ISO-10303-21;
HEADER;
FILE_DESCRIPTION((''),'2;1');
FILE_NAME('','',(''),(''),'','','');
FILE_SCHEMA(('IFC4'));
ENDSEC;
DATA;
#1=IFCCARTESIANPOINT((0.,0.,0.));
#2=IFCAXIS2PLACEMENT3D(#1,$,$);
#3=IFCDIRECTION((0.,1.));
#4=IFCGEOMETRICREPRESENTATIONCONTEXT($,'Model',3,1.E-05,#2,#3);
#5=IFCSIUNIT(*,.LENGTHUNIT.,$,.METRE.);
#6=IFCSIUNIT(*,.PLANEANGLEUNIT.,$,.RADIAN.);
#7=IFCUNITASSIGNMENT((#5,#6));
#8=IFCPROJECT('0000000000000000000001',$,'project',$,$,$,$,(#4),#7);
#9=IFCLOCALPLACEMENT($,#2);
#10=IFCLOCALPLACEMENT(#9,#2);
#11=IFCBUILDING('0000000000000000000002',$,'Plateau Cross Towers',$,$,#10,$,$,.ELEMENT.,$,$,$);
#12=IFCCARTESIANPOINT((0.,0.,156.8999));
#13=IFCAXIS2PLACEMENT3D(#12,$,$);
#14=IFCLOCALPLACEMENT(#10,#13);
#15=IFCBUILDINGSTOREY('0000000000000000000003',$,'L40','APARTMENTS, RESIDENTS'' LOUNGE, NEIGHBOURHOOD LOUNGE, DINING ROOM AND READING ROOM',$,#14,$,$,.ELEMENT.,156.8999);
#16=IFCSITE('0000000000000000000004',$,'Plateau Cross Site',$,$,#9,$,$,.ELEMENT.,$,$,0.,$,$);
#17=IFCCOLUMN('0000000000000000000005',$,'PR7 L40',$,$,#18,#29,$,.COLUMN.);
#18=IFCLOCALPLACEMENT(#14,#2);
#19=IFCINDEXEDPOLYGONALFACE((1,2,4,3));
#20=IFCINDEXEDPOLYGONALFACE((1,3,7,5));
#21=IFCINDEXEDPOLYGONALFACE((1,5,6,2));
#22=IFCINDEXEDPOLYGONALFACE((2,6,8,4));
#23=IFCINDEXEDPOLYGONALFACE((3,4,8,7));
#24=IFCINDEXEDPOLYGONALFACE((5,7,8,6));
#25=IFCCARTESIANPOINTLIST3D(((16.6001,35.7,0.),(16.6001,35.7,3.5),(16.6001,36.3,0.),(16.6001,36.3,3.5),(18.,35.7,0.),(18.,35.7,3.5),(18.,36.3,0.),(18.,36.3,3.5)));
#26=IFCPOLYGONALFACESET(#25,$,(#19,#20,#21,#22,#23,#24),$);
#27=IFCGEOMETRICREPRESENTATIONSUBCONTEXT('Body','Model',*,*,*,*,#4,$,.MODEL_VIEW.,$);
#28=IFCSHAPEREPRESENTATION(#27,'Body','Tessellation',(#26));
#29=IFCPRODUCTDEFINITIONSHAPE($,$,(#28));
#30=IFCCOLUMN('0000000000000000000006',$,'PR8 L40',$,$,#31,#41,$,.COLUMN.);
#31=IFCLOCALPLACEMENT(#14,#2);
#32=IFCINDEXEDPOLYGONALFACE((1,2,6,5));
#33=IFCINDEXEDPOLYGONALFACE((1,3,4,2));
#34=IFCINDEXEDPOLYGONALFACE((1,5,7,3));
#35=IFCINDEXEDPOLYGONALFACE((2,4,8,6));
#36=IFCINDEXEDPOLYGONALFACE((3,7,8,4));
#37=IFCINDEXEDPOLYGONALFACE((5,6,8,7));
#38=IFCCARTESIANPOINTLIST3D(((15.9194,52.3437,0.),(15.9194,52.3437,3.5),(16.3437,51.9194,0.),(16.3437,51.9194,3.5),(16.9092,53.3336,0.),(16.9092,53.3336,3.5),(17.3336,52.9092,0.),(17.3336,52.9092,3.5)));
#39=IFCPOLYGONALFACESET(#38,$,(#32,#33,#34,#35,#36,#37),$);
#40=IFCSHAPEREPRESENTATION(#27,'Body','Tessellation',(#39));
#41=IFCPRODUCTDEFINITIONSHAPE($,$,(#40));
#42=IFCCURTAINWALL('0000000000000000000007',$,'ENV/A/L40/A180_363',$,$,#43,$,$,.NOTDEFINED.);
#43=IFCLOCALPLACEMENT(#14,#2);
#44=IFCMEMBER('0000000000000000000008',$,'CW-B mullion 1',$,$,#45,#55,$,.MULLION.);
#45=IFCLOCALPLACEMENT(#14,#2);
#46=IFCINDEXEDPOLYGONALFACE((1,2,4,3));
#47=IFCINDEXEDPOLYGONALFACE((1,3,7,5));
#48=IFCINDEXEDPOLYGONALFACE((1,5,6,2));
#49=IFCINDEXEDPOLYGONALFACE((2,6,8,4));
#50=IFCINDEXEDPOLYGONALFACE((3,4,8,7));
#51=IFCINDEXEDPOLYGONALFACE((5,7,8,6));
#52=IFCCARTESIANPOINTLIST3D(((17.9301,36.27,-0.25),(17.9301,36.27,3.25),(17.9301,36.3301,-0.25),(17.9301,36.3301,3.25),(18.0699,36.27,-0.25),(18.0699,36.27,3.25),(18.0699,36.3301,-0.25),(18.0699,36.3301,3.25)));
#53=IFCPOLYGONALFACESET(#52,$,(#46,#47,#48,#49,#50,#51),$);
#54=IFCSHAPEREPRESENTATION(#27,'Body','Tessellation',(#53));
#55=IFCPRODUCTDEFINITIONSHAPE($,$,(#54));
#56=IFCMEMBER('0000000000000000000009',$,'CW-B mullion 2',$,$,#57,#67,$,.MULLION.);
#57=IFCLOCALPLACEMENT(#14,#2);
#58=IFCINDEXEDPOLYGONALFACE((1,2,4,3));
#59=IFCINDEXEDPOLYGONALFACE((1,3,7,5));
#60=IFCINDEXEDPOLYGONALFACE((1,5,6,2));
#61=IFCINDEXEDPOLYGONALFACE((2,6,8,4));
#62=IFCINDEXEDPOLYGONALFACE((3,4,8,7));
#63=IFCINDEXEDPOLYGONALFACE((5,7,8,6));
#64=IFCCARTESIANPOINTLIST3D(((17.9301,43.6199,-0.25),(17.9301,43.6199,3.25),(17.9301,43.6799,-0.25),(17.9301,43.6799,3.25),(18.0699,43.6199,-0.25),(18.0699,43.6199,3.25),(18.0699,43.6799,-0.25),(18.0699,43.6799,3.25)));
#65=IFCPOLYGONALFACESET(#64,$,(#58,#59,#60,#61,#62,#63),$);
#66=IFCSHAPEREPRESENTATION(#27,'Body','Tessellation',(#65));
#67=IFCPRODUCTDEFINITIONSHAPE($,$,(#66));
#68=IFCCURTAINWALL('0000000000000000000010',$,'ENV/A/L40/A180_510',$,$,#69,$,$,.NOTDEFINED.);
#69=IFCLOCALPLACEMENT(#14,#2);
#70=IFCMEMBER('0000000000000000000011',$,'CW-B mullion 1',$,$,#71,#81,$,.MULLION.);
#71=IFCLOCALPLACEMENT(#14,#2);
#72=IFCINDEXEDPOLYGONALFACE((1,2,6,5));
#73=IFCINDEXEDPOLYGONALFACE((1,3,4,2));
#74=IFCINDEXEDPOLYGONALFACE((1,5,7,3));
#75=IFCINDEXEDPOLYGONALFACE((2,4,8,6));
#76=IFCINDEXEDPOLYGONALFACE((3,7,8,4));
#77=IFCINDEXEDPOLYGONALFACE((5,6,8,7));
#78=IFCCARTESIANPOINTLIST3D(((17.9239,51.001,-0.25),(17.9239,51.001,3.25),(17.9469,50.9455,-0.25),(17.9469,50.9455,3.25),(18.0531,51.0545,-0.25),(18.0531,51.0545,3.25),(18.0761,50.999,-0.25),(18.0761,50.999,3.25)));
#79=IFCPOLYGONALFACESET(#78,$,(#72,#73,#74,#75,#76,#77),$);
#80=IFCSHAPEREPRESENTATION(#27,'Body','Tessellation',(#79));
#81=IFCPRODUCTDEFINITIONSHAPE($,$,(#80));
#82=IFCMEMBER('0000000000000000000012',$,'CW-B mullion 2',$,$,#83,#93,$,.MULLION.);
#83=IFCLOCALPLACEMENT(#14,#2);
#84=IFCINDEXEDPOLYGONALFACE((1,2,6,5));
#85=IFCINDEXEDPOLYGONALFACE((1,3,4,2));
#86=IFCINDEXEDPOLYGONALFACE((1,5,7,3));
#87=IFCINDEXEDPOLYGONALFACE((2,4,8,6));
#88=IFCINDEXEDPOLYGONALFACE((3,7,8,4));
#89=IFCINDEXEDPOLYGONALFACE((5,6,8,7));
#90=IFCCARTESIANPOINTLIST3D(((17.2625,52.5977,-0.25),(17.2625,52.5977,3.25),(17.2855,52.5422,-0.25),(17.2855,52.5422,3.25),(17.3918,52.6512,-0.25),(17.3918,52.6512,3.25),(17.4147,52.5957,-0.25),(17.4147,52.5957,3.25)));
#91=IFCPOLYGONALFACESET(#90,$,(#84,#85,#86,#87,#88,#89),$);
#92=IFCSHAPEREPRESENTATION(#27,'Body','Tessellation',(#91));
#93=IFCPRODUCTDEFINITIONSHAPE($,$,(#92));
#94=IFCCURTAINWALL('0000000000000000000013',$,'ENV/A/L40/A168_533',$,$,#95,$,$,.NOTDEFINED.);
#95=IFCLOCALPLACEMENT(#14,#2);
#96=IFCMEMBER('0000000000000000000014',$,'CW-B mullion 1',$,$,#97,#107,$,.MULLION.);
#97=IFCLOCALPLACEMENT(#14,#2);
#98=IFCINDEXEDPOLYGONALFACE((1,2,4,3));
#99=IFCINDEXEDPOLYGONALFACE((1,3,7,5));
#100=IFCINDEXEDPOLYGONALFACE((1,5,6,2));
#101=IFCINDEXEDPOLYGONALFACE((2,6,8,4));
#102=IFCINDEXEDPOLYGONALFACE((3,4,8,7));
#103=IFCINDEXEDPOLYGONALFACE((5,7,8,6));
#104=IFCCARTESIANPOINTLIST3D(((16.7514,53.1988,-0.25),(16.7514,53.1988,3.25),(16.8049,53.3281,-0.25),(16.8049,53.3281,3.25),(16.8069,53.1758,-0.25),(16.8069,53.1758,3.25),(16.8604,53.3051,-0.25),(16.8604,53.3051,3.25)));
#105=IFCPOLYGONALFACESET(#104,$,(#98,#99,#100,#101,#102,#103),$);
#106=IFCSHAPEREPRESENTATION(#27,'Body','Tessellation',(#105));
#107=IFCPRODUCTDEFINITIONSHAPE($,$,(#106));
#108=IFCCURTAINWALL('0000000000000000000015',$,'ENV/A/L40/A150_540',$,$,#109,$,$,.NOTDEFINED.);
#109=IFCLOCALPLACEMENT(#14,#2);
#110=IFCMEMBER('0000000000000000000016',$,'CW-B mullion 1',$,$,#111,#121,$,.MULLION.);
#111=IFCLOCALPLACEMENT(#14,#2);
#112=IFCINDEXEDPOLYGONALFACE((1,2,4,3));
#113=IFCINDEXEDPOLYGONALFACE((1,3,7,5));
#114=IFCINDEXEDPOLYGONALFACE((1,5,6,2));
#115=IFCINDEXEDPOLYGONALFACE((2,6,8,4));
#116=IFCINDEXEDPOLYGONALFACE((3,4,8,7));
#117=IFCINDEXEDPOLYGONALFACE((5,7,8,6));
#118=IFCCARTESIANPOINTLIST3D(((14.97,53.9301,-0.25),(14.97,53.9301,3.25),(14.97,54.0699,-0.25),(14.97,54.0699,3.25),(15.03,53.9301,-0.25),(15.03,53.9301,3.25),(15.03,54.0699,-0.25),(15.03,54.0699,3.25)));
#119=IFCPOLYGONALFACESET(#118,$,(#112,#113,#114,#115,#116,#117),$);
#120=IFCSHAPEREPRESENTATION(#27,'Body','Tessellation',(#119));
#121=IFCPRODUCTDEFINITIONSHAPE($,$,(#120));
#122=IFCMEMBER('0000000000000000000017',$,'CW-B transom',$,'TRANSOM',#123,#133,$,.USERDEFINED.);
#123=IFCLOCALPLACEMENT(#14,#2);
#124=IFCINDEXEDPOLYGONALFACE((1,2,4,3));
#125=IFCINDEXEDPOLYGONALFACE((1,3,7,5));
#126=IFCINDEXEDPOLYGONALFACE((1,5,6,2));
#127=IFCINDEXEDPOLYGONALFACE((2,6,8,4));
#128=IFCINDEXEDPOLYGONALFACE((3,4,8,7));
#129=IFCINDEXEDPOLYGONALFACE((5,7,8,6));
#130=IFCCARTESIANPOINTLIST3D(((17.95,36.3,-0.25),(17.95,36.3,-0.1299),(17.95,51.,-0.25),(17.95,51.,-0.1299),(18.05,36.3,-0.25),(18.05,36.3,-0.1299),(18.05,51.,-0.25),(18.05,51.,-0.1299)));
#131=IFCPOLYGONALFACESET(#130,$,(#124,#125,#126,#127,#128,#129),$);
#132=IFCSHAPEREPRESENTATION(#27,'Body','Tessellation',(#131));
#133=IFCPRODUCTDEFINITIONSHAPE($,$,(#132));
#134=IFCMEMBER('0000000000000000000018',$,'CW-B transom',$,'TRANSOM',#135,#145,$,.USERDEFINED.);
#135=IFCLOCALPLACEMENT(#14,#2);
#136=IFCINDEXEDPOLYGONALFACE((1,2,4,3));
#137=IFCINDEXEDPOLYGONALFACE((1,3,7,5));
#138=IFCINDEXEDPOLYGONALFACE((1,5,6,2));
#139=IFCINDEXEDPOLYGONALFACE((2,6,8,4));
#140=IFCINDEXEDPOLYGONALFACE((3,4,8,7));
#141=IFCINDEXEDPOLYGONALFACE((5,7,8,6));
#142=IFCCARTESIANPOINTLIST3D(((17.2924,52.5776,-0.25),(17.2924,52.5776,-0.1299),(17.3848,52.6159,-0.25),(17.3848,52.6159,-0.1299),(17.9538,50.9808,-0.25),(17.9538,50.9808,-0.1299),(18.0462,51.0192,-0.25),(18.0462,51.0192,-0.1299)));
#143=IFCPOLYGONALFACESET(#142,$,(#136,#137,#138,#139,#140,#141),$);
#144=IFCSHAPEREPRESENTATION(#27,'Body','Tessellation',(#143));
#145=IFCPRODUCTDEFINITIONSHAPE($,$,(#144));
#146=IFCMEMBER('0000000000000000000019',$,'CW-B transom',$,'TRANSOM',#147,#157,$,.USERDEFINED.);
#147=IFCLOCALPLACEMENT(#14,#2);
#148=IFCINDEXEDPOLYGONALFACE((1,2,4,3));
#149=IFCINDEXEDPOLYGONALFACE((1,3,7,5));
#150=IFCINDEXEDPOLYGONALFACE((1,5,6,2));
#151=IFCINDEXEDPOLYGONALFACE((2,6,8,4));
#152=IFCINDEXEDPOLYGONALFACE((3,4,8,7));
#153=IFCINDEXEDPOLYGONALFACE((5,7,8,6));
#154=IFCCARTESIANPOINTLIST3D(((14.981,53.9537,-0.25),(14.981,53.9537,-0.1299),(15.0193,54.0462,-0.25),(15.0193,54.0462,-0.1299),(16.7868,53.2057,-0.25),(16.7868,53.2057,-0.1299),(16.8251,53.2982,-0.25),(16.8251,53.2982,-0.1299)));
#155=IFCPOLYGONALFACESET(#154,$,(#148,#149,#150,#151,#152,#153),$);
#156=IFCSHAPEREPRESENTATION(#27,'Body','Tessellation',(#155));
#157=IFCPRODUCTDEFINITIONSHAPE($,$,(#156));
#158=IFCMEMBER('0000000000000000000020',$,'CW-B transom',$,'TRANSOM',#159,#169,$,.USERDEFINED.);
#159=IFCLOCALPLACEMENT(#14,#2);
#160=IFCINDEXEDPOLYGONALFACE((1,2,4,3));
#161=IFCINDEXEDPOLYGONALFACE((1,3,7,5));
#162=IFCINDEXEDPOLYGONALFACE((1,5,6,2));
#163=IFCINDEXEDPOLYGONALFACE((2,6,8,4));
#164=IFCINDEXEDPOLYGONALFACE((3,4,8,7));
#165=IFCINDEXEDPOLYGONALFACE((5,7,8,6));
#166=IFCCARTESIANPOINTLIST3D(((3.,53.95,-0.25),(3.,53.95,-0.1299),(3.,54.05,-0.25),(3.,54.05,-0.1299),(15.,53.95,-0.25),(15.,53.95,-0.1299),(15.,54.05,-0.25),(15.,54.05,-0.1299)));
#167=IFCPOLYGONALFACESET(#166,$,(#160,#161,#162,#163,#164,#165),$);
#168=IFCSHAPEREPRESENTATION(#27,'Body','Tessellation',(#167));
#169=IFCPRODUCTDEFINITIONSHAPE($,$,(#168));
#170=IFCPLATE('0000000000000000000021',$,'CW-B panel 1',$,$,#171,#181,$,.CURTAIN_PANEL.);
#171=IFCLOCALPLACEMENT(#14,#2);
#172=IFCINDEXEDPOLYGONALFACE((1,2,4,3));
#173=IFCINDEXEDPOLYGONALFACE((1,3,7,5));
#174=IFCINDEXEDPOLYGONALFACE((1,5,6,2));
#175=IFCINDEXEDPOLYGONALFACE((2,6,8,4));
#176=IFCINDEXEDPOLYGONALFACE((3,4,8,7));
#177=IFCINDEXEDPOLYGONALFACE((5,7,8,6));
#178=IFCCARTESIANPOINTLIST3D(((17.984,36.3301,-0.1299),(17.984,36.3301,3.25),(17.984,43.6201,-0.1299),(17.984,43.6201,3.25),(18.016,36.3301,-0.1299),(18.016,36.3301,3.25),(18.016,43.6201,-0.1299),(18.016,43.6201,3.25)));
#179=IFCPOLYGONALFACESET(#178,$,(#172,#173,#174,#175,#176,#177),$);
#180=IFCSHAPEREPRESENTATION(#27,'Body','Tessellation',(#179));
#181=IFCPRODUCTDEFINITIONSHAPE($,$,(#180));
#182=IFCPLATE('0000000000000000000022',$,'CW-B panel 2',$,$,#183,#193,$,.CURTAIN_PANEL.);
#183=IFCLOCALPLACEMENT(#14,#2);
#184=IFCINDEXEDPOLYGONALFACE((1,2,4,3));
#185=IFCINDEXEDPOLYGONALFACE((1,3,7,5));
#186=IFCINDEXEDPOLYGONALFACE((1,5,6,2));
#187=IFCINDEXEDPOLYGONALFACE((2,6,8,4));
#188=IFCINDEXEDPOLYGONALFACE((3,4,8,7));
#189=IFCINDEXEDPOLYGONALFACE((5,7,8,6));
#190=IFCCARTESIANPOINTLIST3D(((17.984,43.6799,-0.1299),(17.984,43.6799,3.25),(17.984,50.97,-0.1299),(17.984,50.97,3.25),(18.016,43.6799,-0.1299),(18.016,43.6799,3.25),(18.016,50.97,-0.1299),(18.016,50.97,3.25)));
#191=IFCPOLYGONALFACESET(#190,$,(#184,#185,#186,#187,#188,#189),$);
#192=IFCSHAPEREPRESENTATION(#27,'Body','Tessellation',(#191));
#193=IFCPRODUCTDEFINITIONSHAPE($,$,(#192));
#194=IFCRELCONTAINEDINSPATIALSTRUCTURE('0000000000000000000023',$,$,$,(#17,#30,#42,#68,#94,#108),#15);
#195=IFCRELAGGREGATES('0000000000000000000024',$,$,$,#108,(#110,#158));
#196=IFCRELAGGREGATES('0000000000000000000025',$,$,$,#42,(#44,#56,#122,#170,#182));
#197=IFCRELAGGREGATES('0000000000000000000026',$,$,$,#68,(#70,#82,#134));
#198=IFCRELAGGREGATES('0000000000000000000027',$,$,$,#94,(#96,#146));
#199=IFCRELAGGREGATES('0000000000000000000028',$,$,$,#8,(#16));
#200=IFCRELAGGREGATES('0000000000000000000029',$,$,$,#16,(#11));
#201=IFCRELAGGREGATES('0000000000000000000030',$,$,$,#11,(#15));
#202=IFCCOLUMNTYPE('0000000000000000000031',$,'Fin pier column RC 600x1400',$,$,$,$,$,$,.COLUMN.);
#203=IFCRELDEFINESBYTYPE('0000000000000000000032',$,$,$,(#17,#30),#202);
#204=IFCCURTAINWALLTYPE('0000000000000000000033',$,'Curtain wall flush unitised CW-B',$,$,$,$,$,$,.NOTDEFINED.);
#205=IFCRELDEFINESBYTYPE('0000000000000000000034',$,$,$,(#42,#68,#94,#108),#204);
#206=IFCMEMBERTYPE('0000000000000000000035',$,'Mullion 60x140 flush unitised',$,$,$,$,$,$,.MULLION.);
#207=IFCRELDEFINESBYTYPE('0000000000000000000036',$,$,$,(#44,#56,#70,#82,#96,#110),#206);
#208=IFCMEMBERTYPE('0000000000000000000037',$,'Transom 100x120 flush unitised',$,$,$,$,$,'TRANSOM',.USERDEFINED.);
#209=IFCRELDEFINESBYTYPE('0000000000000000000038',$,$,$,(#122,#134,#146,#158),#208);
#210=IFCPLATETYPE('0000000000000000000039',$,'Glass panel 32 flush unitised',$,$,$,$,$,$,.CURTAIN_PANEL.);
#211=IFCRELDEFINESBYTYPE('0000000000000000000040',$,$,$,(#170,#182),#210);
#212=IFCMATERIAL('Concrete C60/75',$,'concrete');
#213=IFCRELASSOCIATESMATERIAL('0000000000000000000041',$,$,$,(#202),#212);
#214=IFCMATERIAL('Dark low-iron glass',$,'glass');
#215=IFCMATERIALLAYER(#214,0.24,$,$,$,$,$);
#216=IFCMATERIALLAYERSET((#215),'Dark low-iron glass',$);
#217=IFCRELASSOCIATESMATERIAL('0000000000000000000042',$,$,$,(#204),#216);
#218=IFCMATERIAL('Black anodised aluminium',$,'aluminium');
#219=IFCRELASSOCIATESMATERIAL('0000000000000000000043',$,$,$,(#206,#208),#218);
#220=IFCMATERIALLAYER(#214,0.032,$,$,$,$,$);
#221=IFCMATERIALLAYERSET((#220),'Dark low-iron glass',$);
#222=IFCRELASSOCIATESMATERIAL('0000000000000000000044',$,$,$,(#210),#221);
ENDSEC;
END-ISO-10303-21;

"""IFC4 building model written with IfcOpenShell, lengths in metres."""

from ifc_helpers import new_model, si_unit, direction, frame, origin, origin_2d, place, context, subcontext, project, spatial, rectangle, extrude, material, layer, layer_set, material_profile, profile_set, type_object, element, aggregate, save


model = new_model("IFC4")

# Units and contexts
model_context = context("Model", 3, precision=1e-05, world=origin(), true_north=direction((0.0, 1.0)))
body_context = subcontext(model_context, "Body", "Model", "MODEL_VIEW")
ifc_project = project(units=[si_unit("LENGTHUNIT", "METRE"), si_unit("PLANEANGLEUNIT", "RADIAN")], contexts=[model_context])

# Site, building, storey
site_placement = place(None, origin())
site = spatial("IfcSite", under=ifc_project, at=site_placement, Name="Plateau Cross Site", CompositionType="ELEMENT", RefElevation=0.0)
building_placement = place(site_placement, origin())
building = spatial("IfcBuilding", under=site, at=building_placement, Name="Plateau Cross Towers", CompositionType="ELEMENT")
storey_placement = place(building_placement, frame((0.0, 0.0, 156.8999)))
storey = spatial("IfcBuildingStorey", under=building, at=storey_placement, Name="L40", Description="APARTMENTS, RESIDENTS' LOUNGE, NEIGHBOURHOOD LOUNGE, DINING ROOM AND READING ROOM", CompositionType="ELEMENT", Elevation=156.8999)

# Columns
ifc_material_1 = material(Name="Concrete C60/75", Category="concrete")
ifc_material_profile_1 = material_profile(ifc_material_1, rectangle(XDim=0.6001, YDim=1.3999, at=origin_2d()), Name="RC 600x1400")
ifc_profile_set_1 = profile_set([ifc_material_profile_1], Name="Concrete C60/75")
column_type = type_object("IfcColumnType", Name="Fin pier column RC 600x1400", PredefinedType="COLUMN", material=ifc_profile_set_1)
for number, where, z_axis, x_axis, name in (
    (1, (17.3, 36.0, 0.0), (0.0, 0.0, 1.0), (0.0, 1.0, 0.0), "PR7 L40"),
    (2, (16.6265, 52.6265, 0.0), (0.0, 0.0, 1.0), (-0.707107, 0.707107, 0.0), "PR8 L40"),
):
    element("IfcColumn", number, at=place(storey_placement, frame(where, z_axis=z_axis, x_axis=x_axis)), inside=storey, type_object=column_type, Name=name, PredefinedType="COLUMN", context=body_context, shape_type="SweptSolid", body=[
        extrude(rectangle(XDim=0.6001, YDim=1.3999, at=origin_2d()), origin(), (0.0, 0.0, 1.0), 3.5),
    ])

# Curtain walls, members
ifc_material_2 = material(Name="Dark low-iron glass", Category="glass")
ifc_layer_1 = layer(ifc_material_2, 0.24)
ifc_layer_set_1 = layer_set([ifc_layer_1], Name="Dark low-iron glass")
curtain_wall_type = type_object("IfcCurtainWallType", Name="Curtain wall flush unitised CW-B", PredefinedType="NOTDEFINED", material=ifc_layer_set_1)
curtain_wall_1_placement = place(storey_placement, origin())
curtain_wall_1 = element("IfcCurtainWall", 3, at=curtain_wall_1_placement, inside=storey, type_object=curtain_wall_type, Name="ENV/A/L40/A180_363", PredefinedType="NOTDEFINED")
ifc_material_3 = material(Name="Black anodised aluminium", Category="aluminium")
ifc_material_profile_2 = material_profile(ifc_material_3, rectangle(XDim=0.0601, YDim=0.1399, at=origin_2d()), Name="MULLION 60x140")
ifc_profile_set_2 = profile_set([ifc_material_profile_2], Name="Black anodised aluminium")
member_type_1 = type_object("IfcMemberType", Name="Mullion 60x140 flush unitised", PredefinedType="MULLION", material=ifc_profile_set_2)
member_1_placement = place(storey_placement, frame((18.0, 36.3, -0.25), z_axis=(0.0, 0.0, 1.0), x_axis=(0.0, 1.0, 0.0)))
member_1 = element("IfcMember", 4, at=member_1_placement, type_object=member_type_1, Name="CW-B mullion 1", PredefinedType="MULLION", context=body_context, shape_type="SweptSolid", body=[
    extrude(rectangle(XDim=0.0601, YDim=0.1399, at=origin_2d()), origin(), (0.0, 0.0, 1.0), 3.5),
])
member_2_placement = place(storey_placement, frame((18.0, 43.6499, -0.25), z_axis=(0.0, 0.0, 1.0), x_axis=(0.0, 1.0, 0.0)))
member_2 = element("IfcMember", 5, at=member_2_placement, type_object=member_type_1, Name="CW-B mullion 2", PredefinedType="MULLION", context=body_context, shape_type="SweptSolid", body=[
    extrude(rectangle(XDim=0.0601, YDim=0.1399, at=origin_2d()), origin(), (0.0, 0.0, 1.0), 3.5),
])
curtain_wall_2_placement = place(storey_placement, origin())
curtain_wall_2 = element("IfcCurtainWall", 6, at=curtain_wall_2_placement, inside=storey, type_object=curtain_wall_type, Name="ENV/A/L40/A180_510", PredefinedType="NOTDEFINED")
member_3_placement = place(storey_placement, frame((18.0, 51.0, -0.25), z_axis=(0.0, 0.0, 1.0), x_axis=(-0.382684, 0.923879, 0.0)))
member_3 = element("IfcMember", 7, at=member_3_placement, type_object=member_type_1, Name="CW-B mullion 1", PredefinedType="MULLION", context=body_context, shape_type="SweptSolid", body=[
    extrude(rectangle(XDim=0.0601, YDim=0.1399, at=origin_2d()), origin(), (0.0, 0.0, 1.0), 3.5),
])
member_4_placement = place(storey_placement, frame((17.3386, 52.5967, -0.25), z_axis=(0.0, 0.0, 1.0), x_axis=(-0.382684, 0.923879, 0.0)))
member_4 = element("IfcMember", 8, at=member_4_placement, type_object=member_type_1, Name="CW-B mullion 2", PredefinedType="MULLION", context=body_context, shape_type="SweptSolid", body=[
    extrude(rectangle(XDim=0.0601, YDim=0.1399, at=origin_2d()), origin(), (0.0, 0.0, 1.0), 3.5),
])

# Curtain walls, members
curtain_wall_3_placement = place(storey_placement, origin())
curtain_wall_3 = element("IfcCurtainWall", 9, at=curtain_wall_3_placement, inside=storey, type_object=curtain_wall_type, Name="ENV/A/L40/A168_533", PredefinedType="NOTDEFINED")
member_5_placement = place(storey_placement, frame((16.8059, 53.252, -0.25), z_axis=(0.0, 0.0, 1.0), x_axis=(-0.923879, 0.382684, 0.0)))
member_5 = element("IfcMember", 10, at=member_5_placement, type_object=member_type_1, Name="CW-B mullion 1", PredefinedType="MULLION", context=body_context, shape_type="SweptSolid", body=[
    extrude(rectangle(XDim=0.0601, YDim=0.1399, at=origin_2d()), origin(), (0.0, 0.0, 1.0), 3.5),
])
curtain_wall_4_placement = place(storey_placement, origin())
curtain_wall_4 = element("IfcCurtainWall", 11, at=curtain_wall_4_placement, inside=storey, type_object=curtain_wall_type, Name="ENV/A/L40/A150_540", PredefinedType="NOTDEFINED")
member_6_placement = place(storey_placement, frame((15.0, 54.0, -0.25), z_axis=(0.0, 0.0, 1.0), x_axis=(-1.0, 0.0, 0.0)))
member_6 = element("IfcMember", 12, at=member_6_placement, type_object=member_type_1, Name="CW-B mullion 1", PredefinedType="MULLION", context=body_context, shape_type="SweptSolid", body=[
    extrude(rectangle(XDim=0.0601, YDim=0.1399, at=origin_2d()), origin(), (0.0, 0.0, 1.0), 3.5),
])

# Members
ifc_material_profile_3 = material_profile(ifc_material_3, rectangle(XDim=0.1001, YDim=0.1201, at=origin_2d()), Name="TRANSOM 100x120")
ifc_profile_set_3 = profile_set([ifc_material_profile_3], Name="Black anodised aluminium")
member_type_2 = type_object("IfcMemberType", Name="Transom 100x120 flush unitised", ElementType="TRANSOM", PredefinedType="USERDEFINED", material=ifc_profile_set_3)
member_7_placement = place(storey_placement, frame((18.0, 36.3, -0.1899), z_axis=(0.0, 1.0, 0.0), x_axis=(-1.0, 0.0, 0.0)))
member_7 = element("IfcMember", 13, at=member_7_placement, type_object=member_type_2, Name="CW-B transom", ObjectType="TRANSOM", PredefinedType="USERDEFINED", context=body_context, shape_type="SweptSolid", body=[
    extrude(rectangle(XDim=0.1001, YDim=0.1201, at=origin_2d()), origin(), (0.0, 0.0, 1.0), 14.7),
])
member_8_placement = place(storey_placement, frame((18.0, 51.0, -0.1899), z_axis=(-0.382689, 0.923877, 0.0), x_axis=(-0.923877, -0.382689, 0.0)))
member_8 = element("IfcMember", 14, at=member_8_placement, type_object=member_type_2, Name="CW-B transom", ObjectType="TRANSOM", PredefinedType="USERDEFINED", context=body_context, shape_type="SweptSolid", body=[
    extrude(rectangle(XDim=0.1001, YDim=0.1201, at=origin_2d()), origin(), (0.0, 0.0, 1.0), 1.7283),
])
member_9_placement = place(storey_placement, frame((16.8059, 53.252, -0.1899), z_axis=(-0.923877, 0.38269, 0.0), x_axis=(-0.38269, -0.923877, 0.0)))
member_9 = element("IfcMember", 15, at=member_9_placement, type_object=member_type_2, Name="CW-B transom", ObjectType="TRANSOM", PredefinedType="USERDEFINED", context=body_context, shape_type="SweptSolid", body=[
    extrude(rectangle(XDim=0.1001, YDim=0.1201, at=origin_2d()), origin(), (0.0, 0.0, 1.0), 1.9546),
])
member_10_placement = place(storey_placement, frame((15.0, 54.0, -0.1899), z_axis=(-1.0, 0.0, 0.0), x_axis=(0.0, -1.0, 0.0)))
member_10 = element("IfcMember", 16, at=member_10_placement, type_object=member_type_2, Name="CW-B transom", ObjectType="TRANSOM", PredefinedType="USERDEFINED", context=body_context, shape_type="SweptSolid", body=[
    extrude(rectangle(XDim=0.1001, YDim=0.1201, at=origin_2d()), origin(), (0.0, 0.0, 1.0), 12.0),
])
aggregate(curtain_wall_4, [member_6, member_10])

# Plates
ifc_layer_2 = layer(ifc_material_2, 0.032)
ifc_layer_set_2 = layer_set([ifc_layer_2], Name="Dark low-iron glass")
plate_type = type_object("IfcPlateType", Name="Glass panel 32 flush unitised", PredefinedType="CURTAIN_PANEL", material=ifc_layer_set_2)
plate_1_placement = place(storey_placement, frame((18.0, 39.9751, -0.1299), z_axis=(0.0, 0.0, 1.0), x_axis=(0.0, 1.0, 0.0)))
plate_1 = element("IfcPlate", 17, at=plate_1_placement, type_object=plate_type, Name="CW-B panel 1", PredefinedType="CURTAIN_PANEL", context=body_context, shape_type="SweptSolid", body=[
    extrude(rectangle(XDim=7.29, YDim=0.032, at=origin_2d()), origin(), (0.0, 0.0, 1.0), 3.3799),
])
plate_2_placement = place(storey_placement, frame((18.0, 47.325, -0.1299), z_axis=(0.0, 0.0, 1.0), x_axis=(0.0, 1.0, 0.0)))
plate_2 = element("IfcPlate", 18, at=plate_2_placement, type_object=plate_type, Name="CW-B panel 2", PredefinedType="CURTAIN_PANEL", context=body_context, shape_type="SweptSolid", body=[
    extrude(rectangle(XDim=7.29, YDim=0.032, at=origin_2d()), origin(), (0.0, 0.0, 1.0), 3.3799),
])
aggregate(curtain_wall_1, [member_1, member_2, member_7, plate_1, plate_2])
aggregate(curtain_wall_2, [member_3, member_4, member_8])
aggregate(curtain_wall_3, [member_5, member_9])

save(model, "model.ifc")
